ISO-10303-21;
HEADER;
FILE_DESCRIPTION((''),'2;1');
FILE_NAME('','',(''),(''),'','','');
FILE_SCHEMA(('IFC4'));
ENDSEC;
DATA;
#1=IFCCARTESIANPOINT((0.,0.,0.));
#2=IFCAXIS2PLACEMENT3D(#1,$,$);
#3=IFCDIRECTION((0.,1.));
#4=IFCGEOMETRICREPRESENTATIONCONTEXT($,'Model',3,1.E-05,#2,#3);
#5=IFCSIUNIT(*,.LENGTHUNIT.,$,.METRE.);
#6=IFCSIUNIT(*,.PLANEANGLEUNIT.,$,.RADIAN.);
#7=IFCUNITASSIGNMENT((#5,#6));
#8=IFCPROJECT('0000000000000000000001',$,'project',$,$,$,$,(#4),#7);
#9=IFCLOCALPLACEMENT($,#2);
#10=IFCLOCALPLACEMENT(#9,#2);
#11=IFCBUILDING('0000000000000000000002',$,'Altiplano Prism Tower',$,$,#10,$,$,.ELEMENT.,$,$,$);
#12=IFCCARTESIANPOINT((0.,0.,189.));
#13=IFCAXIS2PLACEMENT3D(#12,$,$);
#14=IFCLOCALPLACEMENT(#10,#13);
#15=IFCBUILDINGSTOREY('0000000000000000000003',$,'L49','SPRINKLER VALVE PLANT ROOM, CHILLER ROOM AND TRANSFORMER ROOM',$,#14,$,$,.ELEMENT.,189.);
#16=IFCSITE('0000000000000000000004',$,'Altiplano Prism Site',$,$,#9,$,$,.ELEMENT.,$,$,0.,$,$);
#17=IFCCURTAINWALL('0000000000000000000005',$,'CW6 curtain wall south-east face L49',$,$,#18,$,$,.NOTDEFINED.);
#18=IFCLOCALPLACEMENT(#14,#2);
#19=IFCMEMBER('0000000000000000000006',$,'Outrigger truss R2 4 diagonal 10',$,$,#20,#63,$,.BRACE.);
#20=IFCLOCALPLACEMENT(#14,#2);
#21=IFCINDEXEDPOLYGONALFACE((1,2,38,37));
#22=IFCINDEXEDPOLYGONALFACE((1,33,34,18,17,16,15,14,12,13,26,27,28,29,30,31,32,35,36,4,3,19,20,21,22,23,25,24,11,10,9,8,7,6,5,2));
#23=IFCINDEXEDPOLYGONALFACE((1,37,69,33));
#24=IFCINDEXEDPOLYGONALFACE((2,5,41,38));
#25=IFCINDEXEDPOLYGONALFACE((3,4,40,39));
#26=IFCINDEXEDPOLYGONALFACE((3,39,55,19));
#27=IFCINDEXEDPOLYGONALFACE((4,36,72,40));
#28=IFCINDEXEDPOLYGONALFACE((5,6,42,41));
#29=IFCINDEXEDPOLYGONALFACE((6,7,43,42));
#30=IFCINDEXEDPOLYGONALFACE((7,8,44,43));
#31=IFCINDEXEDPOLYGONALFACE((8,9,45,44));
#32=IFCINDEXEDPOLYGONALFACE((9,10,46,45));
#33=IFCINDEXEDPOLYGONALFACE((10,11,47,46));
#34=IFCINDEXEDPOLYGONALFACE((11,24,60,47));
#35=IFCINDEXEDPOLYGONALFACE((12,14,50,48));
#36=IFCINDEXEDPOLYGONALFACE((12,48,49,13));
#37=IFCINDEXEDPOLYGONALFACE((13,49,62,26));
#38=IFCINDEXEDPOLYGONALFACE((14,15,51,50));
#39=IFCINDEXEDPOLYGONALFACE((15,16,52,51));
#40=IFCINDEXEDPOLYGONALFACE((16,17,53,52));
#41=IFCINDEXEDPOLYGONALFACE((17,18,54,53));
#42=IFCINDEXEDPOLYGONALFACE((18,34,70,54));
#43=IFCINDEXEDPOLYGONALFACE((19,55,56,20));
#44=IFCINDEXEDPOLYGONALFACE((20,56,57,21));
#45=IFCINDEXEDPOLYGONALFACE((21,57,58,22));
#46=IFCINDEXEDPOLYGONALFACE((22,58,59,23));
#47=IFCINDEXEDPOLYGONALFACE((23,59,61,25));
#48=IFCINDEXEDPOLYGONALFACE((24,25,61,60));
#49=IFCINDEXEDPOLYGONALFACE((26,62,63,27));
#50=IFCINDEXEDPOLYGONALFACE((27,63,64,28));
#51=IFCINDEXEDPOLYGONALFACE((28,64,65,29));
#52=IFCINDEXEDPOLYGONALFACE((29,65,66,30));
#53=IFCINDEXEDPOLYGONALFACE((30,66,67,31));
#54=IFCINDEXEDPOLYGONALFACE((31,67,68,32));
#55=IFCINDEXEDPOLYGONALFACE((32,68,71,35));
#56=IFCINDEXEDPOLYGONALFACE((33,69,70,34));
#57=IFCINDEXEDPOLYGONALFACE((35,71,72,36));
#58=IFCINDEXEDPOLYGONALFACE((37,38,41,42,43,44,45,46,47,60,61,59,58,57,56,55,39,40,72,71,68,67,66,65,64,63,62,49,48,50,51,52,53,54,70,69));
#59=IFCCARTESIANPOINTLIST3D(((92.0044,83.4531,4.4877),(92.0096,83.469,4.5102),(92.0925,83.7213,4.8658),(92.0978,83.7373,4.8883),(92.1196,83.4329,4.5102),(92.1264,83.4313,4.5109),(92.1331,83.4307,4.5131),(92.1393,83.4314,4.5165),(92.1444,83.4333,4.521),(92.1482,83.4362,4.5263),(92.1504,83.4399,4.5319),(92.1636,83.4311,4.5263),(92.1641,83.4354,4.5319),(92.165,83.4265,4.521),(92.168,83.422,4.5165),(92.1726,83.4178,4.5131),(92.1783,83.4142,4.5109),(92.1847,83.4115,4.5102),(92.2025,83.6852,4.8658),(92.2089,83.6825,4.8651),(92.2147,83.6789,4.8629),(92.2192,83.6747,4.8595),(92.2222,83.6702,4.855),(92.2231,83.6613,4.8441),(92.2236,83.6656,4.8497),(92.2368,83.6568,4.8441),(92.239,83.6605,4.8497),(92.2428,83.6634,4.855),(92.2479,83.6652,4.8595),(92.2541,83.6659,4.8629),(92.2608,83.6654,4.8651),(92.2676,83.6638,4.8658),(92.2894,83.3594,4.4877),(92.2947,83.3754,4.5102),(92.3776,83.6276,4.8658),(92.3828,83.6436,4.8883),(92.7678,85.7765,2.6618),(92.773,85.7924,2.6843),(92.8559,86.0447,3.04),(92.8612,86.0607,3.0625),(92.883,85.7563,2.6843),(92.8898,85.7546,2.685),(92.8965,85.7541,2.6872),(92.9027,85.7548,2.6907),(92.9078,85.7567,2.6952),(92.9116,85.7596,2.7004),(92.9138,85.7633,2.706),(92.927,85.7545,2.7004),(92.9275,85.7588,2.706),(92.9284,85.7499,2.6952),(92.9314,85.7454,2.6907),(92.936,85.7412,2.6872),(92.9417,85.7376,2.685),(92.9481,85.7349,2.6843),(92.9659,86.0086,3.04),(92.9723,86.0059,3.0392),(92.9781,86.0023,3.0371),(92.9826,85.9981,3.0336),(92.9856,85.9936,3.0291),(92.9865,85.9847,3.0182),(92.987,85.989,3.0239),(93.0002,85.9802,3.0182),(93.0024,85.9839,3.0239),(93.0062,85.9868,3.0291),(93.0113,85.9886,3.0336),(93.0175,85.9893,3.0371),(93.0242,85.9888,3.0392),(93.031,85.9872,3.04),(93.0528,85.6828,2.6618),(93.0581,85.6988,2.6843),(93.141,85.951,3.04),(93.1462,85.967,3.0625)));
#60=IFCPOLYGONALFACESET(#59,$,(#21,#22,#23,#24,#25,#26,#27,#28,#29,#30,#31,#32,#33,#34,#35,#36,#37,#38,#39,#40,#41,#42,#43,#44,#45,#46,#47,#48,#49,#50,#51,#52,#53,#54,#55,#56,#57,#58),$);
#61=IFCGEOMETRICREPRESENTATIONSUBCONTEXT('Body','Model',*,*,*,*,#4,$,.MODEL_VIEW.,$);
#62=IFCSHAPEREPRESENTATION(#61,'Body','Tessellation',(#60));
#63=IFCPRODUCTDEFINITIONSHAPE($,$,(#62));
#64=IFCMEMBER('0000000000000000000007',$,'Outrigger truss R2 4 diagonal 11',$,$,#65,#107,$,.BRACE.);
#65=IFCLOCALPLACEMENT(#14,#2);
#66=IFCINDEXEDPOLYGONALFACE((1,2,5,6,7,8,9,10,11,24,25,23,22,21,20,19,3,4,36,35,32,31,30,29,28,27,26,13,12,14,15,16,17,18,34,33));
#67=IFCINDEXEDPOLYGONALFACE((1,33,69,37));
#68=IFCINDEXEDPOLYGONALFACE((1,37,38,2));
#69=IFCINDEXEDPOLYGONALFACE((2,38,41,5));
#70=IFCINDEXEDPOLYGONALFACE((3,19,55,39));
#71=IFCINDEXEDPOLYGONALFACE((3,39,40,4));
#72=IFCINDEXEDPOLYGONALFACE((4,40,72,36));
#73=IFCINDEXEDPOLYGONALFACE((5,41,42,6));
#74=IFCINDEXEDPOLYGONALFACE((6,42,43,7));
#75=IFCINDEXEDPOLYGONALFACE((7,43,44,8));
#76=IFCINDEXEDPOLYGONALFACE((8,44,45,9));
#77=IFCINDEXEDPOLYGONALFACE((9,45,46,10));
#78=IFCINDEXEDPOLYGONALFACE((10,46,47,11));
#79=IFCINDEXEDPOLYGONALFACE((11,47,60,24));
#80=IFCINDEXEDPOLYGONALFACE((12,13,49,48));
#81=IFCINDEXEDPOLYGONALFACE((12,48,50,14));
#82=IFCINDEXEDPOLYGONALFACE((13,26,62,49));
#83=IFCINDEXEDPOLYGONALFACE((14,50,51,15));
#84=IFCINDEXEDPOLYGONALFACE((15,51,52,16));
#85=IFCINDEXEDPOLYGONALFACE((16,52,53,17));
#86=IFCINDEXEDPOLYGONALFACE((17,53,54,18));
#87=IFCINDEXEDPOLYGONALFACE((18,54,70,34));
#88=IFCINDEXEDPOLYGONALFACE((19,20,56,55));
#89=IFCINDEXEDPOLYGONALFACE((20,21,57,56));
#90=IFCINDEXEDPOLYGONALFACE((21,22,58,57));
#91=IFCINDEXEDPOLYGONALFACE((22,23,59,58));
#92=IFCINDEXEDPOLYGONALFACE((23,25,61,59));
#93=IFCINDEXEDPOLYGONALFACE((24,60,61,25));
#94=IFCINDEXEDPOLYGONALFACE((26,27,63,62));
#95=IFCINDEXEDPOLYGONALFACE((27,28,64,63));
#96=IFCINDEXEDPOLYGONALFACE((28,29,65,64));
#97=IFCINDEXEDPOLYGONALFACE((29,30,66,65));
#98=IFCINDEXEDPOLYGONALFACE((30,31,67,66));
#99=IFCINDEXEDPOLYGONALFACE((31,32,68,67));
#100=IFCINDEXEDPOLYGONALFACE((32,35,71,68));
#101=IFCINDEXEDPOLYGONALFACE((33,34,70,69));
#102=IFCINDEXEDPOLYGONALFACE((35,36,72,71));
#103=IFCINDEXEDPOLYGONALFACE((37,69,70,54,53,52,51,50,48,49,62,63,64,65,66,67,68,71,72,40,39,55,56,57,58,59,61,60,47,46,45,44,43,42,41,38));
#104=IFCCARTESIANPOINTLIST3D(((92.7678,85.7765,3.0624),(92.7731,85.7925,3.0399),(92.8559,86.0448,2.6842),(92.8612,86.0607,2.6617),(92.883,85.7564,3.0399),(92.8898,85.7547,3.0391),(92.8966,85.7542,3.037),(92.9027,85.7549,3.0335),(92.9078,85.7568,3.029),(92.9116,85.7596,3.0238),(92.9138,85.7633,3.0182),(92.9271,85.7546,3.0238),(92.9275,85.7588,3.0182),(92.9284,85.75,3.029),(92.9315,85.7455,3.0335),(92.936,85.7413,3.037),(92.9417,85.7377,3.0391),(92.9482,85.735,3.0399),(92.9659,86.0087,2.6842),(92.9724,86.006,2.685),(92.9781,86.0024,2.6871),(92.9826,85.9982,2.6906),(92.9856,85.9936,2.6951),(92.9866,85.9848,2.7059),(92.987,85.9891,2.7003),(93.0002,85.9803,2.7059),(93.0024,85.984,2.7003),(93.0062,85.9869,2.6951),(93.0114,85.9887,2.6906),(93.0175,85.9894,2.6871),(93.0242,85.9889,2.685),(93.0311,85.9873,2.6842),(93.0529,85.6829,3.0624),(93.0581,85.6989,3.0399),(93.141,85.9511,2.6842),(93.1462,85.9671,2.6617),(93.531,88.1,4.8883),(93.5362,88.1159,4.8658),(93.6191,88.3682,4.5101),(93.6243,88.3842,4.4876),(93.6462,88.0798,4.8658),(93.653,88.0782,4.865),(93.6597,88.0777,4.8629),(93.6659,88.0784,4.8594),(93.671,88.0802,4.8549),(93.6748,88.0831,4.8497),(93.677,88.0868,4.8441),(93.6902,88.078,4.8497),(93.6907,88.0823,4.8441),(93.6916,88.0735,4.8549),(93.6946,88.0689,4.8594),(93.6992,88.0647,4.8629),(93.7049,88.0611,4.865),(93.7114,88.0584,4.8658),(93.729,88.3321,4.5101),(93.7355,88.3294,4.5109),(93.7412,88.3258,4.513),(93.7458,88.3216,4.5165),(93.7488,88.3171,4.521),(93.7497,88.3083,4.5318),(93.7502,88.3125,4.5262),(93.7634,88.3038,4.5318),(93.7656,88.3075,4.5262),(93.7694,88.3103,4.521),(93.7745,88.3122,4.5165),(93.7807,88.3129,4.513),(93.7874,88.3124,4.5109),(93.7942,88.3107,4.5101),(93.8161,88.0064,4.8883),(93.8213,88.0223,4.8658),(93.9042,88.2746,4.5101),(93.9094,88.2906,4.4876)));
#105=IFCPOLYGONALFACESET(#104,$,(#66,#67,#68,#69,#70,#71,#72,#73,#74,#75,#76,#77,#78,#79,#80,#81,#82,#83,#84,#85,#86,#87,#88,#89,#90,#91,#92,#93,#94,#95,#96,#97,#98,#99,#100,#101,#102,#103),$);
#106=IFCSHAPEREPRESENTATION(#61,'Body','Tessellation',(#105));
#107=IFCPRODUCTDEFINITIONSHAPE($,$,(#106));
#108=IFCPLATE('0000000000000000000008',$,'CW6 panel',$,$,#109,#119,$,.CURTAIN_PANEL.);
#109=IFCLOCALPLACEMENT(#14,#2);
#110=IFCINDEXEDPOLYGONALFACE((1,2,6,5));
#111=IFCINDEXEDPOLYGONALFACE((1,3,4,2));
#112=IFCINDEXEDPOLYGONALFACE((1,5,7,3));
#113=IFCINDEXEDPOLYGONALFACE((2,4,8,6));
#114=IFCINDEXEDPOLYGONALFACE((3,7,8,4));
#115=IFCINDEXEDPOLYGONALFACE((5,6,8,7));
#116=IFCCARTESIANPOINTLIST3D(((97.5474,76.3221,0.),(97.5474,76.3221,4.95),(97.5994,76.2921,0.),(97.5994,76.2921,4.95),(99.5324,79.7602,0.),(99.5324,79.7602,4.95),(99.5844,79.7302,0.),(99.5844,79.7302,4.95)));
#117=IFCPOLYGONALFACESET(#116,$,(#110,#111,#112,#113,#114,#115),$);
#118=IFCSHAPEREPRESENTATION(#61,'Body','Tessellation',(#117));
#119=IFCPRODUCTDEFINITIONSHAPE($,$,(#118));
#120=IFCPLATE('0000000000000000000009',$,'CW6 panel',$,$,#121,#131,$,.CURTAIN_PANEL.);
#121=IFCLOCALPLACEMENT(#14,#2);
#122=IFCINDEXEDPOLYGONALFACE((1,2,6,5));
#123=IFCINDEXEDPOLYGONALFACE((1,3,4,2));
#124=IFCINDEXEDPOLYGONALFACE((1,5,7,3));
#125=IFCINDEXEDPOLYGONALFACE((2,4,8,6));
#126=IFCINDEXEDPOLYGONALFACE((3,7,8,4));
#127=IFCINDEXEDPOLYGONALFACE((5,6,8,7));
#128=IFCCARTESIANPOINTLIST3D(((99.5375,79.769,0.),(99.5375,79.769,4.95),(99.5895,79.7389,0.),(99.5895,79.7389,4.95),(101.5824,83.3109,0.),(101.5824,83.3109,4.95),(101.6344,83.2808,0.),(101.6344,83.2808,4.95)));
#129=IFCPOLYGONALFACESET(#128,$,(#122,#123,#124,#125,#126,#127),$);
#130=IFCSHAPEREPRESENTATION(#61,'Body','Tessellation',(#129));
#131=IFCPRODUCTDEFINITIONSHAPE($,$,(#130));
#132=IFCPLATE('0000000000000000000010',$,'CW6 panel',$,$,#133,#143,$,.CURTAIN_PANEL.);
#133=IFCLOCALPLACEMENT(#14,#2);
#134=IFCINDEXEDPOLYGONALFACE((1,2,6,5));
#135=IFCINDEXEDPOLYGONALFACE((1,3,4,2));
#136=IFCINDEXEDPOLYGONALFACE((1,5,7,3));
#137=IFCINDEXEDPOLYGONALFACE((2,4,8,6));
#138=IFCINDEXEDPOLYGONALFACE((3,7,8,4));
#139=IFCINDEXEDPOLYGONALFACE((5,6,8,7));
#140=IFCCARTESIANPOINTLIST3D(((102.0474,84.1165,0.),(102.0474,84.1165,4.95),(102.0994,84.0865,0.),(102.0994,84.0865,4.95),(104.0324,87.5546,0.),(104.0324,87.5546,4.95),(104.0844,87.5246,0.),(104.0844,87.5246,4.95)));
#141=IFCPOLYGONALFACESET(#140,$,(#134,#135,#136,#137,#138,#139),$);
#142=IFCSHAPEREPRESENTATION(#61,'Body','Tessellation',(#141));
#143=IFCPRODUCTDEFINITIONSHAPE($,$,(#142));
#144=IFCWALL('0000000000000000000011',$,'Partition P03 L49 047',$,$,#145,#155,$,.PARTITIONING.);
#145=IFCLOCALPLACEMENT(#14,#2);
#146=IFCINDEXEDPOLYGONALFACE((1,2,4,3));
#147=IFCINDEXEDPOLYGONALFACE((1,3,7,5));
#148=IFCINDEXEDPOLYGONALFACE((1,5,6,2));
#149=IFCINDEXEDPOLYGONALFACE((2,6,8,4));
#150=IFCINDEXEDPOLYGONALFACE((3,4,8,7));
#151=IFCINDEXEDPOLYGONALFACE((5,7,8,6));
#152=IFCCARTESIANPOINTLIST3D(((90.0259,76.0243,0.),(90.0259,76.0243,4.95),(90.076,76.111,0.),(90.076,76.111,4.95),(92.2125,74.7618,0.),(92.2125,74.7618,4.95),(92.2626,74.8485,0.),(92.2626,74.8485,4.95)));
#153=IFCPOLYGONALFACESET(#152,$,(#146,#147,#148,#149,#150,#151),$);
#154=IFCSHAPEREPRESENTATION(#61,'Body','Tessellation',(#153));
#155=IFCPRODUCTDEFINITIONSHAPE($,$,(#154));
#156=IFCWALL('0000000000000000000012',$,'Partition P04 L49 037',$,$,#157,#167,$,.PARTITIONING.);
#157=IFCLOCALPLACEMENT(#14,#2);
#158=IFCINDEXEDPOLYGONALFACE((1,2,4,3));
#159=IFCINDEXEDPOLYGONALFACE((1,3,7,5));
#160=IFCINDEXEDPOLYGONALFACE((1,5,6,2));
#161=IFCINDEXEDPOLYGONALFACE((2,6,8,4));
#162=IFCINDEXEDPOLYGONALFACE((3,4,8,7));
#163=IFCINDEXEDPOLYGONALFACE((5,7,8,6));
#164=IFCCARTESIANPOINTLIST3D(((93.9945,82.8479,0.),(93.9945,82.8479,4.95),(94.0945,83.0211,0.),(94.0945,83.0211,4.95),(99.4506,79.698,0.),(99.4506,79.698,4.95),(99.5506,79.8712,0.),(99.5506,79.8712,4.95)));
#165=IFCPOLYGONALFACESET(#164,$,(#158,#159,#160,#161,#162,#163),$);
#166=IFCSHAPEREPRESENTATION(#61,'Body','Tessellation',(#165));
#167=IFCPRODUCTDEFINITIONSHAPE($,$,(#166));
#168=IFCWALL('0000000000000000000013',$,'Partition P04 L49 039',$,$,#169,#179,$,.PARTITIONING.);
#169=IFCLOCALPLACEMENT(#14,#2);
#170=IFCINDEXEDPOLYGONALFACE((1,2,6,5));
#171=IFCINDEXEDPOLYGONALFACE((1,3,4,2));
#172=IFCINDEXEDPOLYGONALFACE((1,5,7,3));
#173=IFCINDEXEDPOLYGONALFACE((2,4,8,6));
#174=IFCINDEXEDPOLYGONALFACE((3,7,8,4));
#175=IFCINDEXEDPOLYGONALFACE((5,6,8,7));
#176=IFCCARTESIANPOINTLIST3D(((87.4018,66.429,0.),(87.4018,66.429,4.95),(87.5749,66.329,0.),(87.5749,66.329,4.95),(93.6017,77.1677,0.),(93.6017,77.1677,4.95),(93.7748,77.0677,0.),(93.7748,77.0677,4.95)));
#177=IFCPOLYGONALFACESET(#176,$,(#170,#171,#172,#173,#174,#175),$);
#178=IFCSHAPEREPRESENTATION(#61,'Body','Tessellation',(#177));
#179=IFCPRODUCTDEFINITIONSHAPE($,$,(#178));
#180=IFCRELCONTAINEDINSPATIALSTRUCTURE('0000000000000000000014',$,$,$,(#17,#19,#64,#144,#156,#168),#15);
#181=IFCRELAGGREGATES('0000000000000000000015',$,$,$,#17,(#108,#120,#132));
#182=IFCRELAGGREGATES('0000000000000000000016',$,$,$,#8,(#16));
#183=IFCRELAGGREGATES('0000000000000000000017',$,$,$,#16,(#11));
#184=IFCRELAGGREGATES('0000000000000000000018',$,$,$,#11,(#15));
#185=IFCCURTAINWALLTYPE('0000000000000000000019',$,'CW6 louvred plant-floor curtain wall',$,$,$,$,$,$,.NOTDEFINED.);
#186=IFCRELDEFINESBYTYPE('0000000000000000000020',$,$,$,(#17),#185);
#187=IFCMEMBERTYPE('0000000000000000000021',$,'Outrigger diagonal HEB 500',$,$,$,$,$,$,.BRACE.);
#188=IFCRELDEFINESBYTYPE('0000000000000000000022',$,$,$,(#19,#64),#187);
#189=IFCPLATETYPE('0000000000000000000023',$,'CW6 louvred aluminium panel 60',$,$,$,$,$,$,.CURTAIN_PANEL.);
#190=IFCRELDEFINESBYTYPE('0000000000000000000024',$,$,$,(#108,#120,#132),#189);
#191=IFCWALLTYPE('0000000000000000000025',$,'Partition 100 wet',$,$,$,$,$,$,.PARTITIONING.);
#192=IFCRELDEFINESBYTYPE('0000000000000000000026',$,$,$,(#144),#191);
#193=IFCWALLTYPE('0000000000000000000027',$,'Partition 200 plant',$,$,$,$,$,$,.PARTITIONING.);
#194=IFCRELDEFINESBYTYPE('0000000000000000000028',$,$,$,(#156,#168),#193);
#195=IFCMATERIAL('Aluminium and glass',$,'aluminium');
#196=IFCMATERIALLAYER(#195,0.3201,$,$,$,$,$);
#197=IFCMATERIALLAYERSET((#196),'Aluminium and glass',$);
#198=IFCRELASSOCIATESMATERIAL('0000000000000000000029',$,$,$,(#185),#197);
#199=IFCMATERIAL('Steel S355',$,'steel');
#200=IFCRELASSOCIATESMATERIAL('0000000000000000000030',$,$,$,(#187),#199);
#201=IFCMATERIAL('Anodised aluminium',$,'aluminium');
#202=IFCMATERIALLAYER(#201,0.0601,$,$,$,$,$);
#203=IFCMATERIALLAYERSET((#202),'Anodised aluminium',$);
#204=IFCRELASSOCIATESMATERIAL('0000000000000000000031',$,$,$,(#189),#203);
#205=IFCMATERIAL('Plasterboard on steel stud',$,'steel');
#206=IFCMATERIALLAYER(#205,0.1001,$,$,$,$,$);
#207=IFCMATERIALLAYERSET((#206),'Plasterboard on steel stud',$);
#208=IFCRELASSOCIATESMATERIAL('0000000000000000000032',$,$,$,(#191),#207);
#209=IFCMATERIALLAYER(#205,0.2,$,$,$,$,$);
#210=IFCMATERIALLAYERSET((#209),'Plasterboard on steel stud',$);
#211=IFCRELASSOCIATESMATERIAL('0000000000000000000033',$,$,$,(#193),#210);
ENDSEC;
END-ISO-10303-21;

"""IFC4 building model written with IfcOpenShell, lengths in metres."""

from ifc_helpers import new_model, si_unit, direction, frame, frame_2d, origin, origin_2d, place, context, subcontext, project, spatial, rectangle, i_section, extrude, material, layer, layer_set, material_profile, profile_set, type_object, element, aggregate, save


model = new_model("IFC4")

# Units and contexts
model_context = context("Model", 3, precision=1e-05, world=origin(), true_north=direction((0.0, 1.0)))
body_context = subcontext(model_context, "Body", "Model", "MODEL_VIEW")
ifc_project = project(units=[si_unit("LENGTHUNIT", "METRE"), si_unit("PLANEANGLEUNIT", "RADIAN")], contexts=[model_context])

# Site, building, storey
site_placement = place(None, origin())
site = spatial("IfcSite", under=ifc_project, at=site_placement, Name="Altiplano Prism Site", CompositionType="ELEMENT", RefElevation=0.0)
building_placement = place(site_placement, origin())
building = spatial("IfcBuilding", under=site, at=building_placement, Name="Altiplano Prism Tower", CompositionType="ELEMENT")
storey_placement = place(building_placement, frame((0.0, 0.0, 189.0)))
storey = spatial("IfcBuildingStorey", under=building, at=storey_placement, Name="L49", Description="SPRINKLER VALVE PLANT ROOM, CHILLER ROOM AND TRANSFORMER ROOM", CompositionType="ELEMENT", Elevation=189.0)

# Shared definitions
ifc_material_1 = material(Name="Steel S355", Category="steel")

# Curtain wall
ifc_material_2 = material(Name="Aluminium and glass", Category="aluminium")
ifc_layer_1 = layer(ifc_material_2, 0.3201)
ifc_layer_set_1 = layer_set([ifc_layer_1], Name="Aluminium and glass")
curtain_wall_type = type_object("IfcCurtainWallType", Name="CW6 louvred plant-floor curtain wall", PredefinedType="NOTDEFINED", material=ifc_layer_set_1)
curtain_wall_placement = place(storey_placement, origin())
curtain_wall = element("IfcCurtainWall", 1, at=curtain_wall_placement, inside=storey, type_object=curtain_wall_type, Name="CW6 curtain wall south-east face L49", PredefinedType="NOTDEFINED")

# Members
ifc_material_profile_1 = material_profile(ifc_material_1, i_section(OverallWidth=0.3, OverallDepth=0.5, WebThickness=0.0144, FlangeThickness=0.0281, FilletRadius=0.0271, at=origin_2d()), Name="Outrigger diagonal HEB 500")
ifc_profile_set_1 = profile_set([ifc_material_profile_1], Name="Steel S355")
member_type_1 = type_object("IfcMemberType", Name="Outrigger diagonal HEB 500", PredefinedType="BRACE", material=ifc_profile_set_1)
for number, where, z_axis, x_axis, name in (
    (2, (92.1936, 83.5483, 4.688), (0.25013, 0.76127, -0.598249), (-0.950032, 0.312152, 0.0), "Outrigger truss R2 4 diagonal 10"),
    (3, (92.957, 85.8718, 2.8621), (0.250056, 0.761285, 0.598261), (-0.950062, 0.312062, 0.0), "Outrigger truss R2 4 diagonal 11"),
):
    element("IfcMember", number, at=place(storey_placement, frame(where, z_axis=z_axis, x_axis=x_axis)), inside=storey, type_object=member_type_1, Name=name, PredefinedType="BRACE", context=body_context, shape_type="SweptSolid", body=[
        extrude(i_section(OverallWidth=0.3, OverallDepth=0.5, WebThickness=0.0144, FlangeThickness=0.0281, FilletRadius=0.0271, at=origin_2d()), origin(), (0.0, 0.0, 1.0), 3.052),
    ])

# Plates
ifc_material_3 = material(Name="Anodised aluminium", Category="aluminium")
ifc_layer_2 = layer(ifc_material_3, 0.0601)
ifc_layer_set_2 = layer_set([ifc_layer_2], Name="Anodised aluminium")
plate_type = type_object("IfcPlateType", Name="CW6 louvred aluminium panel 60", PredefinedType="CURTAIN_PANEL", material=ifc_layer_set_2)
plate_1_placement = place(storey_placement, frame((98.5659, 78.0261, 0.0), z_axis=(0.0, 0.0, 1.0), x_axis=(0.5, 0.866025, 0.0)))
plate_1 = element("IfcPlate", 4, at=plate_1_placement, type_object=plate_type, Name="CW6 panel", PredefinedType="CURTAIN_PANEL", context=body_context, shape_type="SweptSolid", body=[
    extrude(rectangle(XDim=3.97, YDim=0.0601, at=origin_2d()), origin(), (0.0, 0.0, 1.0), 4.95),
])
plate_2_placement = place(storey_placement, frame((100.5859, 81.5249, 0.0), z_axis=(0.0, 0.0, 1.0), x_axis=(0.5, 0.866025, 0.0)))
plate_2 = element("IfcPlate", 5, at=plate_2_placement, type_object=plate_type, Name="CW6 panel", PredefinedType="CURTAIN_PANEL", context=body_context, shape_type="SweptSolid", body=[
    extrude(rectangle(XDim=4.0898, YDim=0.0601, at=origin_2d()), origin(), (0.0, 0.0, 1.0), 4.95),
])
plate_3_placement = place(storey_placement, frame((103.0659, 85.8206, 0.0), z_axis=(0.0, 0.0, 1.0), x_axis=(0.5, 0.866025, 0.0)))
plate_3 = element("IfcPlate", 6, at=plate_3_placement, type_object=plate_type, Name="CW6 panel", PredefinedType="CURTAIN_PANEL", context=body_context, shape_type="SweptSolid", body=[
    extrude(rectangle(XDim=3.97, YDim=0.0601, at=origin_2d()), origin(), (0.0, 0.0, 1.0), 4.95),
])
aggregate(curtain_wall, [plate_1, plate_2, plate_3])

# Walls
ifc_material_4 = material(Name="Plasterboard on steel stud", Category="steel")
ifc_layer_3 = layer(ifc_material_4, 0.1001)
ifc_layer_set_3 = layer_set([ifc_layer_3], Name="Plasterboard on steel stud")
wall_type_1 = type_object("IfcWallType", Name="Partition 100 wet", PredefinedType="PARTITIONING", material=ifc_layer_set_3)
wall_1_placement = place(storey_placement, frame((92.2375, 74.8052, 0.0), z_axis=(0.0, 0.0, 1.0), x_axis=(-0.866015, 0.500018, 0.0)))
element("IfcWall", 7, at=wall_1_placement, inside=storey, type_object=wall_type_1, Name="Partition P03 L49 047", PredefinedType="PARTITIONING", context=body_context, shape_type="SweptSolid", body=[
    extrude(rectangle(XDim=2.5249, YDim=0.1001, at=frame_2d((1.2625, 0.0))), origin(), (0.0, 0.0, 1.0), 4.95),
])
ifc_layer_4 = layer(ifc_material_4, 0.2)
ifc_layer_set_4 = layer_set([ifc_layer_4], Name="Plasterboard on steel stud")
wall_type_2 = type_object("IfcWallType", Name="Partition 200 plant", PredefinedType="PARTITIONING", material=ifc_layer_set_4)
wall_2_placement = place(storey_placement, frame((99.5005, 79.7847, 0.0), z_axis=(0.0, 0.0, 1.0), x_axis=(-0.866036, 0.499982, 0.0)))
element("IfcWall", 8, at=wall_2_placement, inside=storey, type_object=wall_type_2, Name="Partition P04 L49 037", PredefinedType="PARTITIONING", context=body_context, shape_type="SweptSolid", body=[
    extrude(rectangle(XDim=6.3, YDim=0.2, at=frame_2d((3.1499, 0.0))), origin(), (0.0, 0.0, 1.0), 4.95),
])
wall_3_placement = place(storey_placement, frame((93.6882, 77.1177, 0.0), z_axis=(0.0, 0.0, 1.0), x_axis=(-0.499995, -0.866028, 0.0)))
element("IfcWall", 9, at=wall_3_placement, inside=storey, type_object=wall_type_2, Name="Partition P04 L49 039", PredefinedType="PARTITIONING", context=body_context, shape_type="SweptSolid", body=[
    extrude(rectangle(XDim=12.3999, YDim=0.2, at=frame_2d((6.2, 0.0))), origin(), (0.0, 0.0, 1.0), 4.95),
])

save(model, "model.ifc")
